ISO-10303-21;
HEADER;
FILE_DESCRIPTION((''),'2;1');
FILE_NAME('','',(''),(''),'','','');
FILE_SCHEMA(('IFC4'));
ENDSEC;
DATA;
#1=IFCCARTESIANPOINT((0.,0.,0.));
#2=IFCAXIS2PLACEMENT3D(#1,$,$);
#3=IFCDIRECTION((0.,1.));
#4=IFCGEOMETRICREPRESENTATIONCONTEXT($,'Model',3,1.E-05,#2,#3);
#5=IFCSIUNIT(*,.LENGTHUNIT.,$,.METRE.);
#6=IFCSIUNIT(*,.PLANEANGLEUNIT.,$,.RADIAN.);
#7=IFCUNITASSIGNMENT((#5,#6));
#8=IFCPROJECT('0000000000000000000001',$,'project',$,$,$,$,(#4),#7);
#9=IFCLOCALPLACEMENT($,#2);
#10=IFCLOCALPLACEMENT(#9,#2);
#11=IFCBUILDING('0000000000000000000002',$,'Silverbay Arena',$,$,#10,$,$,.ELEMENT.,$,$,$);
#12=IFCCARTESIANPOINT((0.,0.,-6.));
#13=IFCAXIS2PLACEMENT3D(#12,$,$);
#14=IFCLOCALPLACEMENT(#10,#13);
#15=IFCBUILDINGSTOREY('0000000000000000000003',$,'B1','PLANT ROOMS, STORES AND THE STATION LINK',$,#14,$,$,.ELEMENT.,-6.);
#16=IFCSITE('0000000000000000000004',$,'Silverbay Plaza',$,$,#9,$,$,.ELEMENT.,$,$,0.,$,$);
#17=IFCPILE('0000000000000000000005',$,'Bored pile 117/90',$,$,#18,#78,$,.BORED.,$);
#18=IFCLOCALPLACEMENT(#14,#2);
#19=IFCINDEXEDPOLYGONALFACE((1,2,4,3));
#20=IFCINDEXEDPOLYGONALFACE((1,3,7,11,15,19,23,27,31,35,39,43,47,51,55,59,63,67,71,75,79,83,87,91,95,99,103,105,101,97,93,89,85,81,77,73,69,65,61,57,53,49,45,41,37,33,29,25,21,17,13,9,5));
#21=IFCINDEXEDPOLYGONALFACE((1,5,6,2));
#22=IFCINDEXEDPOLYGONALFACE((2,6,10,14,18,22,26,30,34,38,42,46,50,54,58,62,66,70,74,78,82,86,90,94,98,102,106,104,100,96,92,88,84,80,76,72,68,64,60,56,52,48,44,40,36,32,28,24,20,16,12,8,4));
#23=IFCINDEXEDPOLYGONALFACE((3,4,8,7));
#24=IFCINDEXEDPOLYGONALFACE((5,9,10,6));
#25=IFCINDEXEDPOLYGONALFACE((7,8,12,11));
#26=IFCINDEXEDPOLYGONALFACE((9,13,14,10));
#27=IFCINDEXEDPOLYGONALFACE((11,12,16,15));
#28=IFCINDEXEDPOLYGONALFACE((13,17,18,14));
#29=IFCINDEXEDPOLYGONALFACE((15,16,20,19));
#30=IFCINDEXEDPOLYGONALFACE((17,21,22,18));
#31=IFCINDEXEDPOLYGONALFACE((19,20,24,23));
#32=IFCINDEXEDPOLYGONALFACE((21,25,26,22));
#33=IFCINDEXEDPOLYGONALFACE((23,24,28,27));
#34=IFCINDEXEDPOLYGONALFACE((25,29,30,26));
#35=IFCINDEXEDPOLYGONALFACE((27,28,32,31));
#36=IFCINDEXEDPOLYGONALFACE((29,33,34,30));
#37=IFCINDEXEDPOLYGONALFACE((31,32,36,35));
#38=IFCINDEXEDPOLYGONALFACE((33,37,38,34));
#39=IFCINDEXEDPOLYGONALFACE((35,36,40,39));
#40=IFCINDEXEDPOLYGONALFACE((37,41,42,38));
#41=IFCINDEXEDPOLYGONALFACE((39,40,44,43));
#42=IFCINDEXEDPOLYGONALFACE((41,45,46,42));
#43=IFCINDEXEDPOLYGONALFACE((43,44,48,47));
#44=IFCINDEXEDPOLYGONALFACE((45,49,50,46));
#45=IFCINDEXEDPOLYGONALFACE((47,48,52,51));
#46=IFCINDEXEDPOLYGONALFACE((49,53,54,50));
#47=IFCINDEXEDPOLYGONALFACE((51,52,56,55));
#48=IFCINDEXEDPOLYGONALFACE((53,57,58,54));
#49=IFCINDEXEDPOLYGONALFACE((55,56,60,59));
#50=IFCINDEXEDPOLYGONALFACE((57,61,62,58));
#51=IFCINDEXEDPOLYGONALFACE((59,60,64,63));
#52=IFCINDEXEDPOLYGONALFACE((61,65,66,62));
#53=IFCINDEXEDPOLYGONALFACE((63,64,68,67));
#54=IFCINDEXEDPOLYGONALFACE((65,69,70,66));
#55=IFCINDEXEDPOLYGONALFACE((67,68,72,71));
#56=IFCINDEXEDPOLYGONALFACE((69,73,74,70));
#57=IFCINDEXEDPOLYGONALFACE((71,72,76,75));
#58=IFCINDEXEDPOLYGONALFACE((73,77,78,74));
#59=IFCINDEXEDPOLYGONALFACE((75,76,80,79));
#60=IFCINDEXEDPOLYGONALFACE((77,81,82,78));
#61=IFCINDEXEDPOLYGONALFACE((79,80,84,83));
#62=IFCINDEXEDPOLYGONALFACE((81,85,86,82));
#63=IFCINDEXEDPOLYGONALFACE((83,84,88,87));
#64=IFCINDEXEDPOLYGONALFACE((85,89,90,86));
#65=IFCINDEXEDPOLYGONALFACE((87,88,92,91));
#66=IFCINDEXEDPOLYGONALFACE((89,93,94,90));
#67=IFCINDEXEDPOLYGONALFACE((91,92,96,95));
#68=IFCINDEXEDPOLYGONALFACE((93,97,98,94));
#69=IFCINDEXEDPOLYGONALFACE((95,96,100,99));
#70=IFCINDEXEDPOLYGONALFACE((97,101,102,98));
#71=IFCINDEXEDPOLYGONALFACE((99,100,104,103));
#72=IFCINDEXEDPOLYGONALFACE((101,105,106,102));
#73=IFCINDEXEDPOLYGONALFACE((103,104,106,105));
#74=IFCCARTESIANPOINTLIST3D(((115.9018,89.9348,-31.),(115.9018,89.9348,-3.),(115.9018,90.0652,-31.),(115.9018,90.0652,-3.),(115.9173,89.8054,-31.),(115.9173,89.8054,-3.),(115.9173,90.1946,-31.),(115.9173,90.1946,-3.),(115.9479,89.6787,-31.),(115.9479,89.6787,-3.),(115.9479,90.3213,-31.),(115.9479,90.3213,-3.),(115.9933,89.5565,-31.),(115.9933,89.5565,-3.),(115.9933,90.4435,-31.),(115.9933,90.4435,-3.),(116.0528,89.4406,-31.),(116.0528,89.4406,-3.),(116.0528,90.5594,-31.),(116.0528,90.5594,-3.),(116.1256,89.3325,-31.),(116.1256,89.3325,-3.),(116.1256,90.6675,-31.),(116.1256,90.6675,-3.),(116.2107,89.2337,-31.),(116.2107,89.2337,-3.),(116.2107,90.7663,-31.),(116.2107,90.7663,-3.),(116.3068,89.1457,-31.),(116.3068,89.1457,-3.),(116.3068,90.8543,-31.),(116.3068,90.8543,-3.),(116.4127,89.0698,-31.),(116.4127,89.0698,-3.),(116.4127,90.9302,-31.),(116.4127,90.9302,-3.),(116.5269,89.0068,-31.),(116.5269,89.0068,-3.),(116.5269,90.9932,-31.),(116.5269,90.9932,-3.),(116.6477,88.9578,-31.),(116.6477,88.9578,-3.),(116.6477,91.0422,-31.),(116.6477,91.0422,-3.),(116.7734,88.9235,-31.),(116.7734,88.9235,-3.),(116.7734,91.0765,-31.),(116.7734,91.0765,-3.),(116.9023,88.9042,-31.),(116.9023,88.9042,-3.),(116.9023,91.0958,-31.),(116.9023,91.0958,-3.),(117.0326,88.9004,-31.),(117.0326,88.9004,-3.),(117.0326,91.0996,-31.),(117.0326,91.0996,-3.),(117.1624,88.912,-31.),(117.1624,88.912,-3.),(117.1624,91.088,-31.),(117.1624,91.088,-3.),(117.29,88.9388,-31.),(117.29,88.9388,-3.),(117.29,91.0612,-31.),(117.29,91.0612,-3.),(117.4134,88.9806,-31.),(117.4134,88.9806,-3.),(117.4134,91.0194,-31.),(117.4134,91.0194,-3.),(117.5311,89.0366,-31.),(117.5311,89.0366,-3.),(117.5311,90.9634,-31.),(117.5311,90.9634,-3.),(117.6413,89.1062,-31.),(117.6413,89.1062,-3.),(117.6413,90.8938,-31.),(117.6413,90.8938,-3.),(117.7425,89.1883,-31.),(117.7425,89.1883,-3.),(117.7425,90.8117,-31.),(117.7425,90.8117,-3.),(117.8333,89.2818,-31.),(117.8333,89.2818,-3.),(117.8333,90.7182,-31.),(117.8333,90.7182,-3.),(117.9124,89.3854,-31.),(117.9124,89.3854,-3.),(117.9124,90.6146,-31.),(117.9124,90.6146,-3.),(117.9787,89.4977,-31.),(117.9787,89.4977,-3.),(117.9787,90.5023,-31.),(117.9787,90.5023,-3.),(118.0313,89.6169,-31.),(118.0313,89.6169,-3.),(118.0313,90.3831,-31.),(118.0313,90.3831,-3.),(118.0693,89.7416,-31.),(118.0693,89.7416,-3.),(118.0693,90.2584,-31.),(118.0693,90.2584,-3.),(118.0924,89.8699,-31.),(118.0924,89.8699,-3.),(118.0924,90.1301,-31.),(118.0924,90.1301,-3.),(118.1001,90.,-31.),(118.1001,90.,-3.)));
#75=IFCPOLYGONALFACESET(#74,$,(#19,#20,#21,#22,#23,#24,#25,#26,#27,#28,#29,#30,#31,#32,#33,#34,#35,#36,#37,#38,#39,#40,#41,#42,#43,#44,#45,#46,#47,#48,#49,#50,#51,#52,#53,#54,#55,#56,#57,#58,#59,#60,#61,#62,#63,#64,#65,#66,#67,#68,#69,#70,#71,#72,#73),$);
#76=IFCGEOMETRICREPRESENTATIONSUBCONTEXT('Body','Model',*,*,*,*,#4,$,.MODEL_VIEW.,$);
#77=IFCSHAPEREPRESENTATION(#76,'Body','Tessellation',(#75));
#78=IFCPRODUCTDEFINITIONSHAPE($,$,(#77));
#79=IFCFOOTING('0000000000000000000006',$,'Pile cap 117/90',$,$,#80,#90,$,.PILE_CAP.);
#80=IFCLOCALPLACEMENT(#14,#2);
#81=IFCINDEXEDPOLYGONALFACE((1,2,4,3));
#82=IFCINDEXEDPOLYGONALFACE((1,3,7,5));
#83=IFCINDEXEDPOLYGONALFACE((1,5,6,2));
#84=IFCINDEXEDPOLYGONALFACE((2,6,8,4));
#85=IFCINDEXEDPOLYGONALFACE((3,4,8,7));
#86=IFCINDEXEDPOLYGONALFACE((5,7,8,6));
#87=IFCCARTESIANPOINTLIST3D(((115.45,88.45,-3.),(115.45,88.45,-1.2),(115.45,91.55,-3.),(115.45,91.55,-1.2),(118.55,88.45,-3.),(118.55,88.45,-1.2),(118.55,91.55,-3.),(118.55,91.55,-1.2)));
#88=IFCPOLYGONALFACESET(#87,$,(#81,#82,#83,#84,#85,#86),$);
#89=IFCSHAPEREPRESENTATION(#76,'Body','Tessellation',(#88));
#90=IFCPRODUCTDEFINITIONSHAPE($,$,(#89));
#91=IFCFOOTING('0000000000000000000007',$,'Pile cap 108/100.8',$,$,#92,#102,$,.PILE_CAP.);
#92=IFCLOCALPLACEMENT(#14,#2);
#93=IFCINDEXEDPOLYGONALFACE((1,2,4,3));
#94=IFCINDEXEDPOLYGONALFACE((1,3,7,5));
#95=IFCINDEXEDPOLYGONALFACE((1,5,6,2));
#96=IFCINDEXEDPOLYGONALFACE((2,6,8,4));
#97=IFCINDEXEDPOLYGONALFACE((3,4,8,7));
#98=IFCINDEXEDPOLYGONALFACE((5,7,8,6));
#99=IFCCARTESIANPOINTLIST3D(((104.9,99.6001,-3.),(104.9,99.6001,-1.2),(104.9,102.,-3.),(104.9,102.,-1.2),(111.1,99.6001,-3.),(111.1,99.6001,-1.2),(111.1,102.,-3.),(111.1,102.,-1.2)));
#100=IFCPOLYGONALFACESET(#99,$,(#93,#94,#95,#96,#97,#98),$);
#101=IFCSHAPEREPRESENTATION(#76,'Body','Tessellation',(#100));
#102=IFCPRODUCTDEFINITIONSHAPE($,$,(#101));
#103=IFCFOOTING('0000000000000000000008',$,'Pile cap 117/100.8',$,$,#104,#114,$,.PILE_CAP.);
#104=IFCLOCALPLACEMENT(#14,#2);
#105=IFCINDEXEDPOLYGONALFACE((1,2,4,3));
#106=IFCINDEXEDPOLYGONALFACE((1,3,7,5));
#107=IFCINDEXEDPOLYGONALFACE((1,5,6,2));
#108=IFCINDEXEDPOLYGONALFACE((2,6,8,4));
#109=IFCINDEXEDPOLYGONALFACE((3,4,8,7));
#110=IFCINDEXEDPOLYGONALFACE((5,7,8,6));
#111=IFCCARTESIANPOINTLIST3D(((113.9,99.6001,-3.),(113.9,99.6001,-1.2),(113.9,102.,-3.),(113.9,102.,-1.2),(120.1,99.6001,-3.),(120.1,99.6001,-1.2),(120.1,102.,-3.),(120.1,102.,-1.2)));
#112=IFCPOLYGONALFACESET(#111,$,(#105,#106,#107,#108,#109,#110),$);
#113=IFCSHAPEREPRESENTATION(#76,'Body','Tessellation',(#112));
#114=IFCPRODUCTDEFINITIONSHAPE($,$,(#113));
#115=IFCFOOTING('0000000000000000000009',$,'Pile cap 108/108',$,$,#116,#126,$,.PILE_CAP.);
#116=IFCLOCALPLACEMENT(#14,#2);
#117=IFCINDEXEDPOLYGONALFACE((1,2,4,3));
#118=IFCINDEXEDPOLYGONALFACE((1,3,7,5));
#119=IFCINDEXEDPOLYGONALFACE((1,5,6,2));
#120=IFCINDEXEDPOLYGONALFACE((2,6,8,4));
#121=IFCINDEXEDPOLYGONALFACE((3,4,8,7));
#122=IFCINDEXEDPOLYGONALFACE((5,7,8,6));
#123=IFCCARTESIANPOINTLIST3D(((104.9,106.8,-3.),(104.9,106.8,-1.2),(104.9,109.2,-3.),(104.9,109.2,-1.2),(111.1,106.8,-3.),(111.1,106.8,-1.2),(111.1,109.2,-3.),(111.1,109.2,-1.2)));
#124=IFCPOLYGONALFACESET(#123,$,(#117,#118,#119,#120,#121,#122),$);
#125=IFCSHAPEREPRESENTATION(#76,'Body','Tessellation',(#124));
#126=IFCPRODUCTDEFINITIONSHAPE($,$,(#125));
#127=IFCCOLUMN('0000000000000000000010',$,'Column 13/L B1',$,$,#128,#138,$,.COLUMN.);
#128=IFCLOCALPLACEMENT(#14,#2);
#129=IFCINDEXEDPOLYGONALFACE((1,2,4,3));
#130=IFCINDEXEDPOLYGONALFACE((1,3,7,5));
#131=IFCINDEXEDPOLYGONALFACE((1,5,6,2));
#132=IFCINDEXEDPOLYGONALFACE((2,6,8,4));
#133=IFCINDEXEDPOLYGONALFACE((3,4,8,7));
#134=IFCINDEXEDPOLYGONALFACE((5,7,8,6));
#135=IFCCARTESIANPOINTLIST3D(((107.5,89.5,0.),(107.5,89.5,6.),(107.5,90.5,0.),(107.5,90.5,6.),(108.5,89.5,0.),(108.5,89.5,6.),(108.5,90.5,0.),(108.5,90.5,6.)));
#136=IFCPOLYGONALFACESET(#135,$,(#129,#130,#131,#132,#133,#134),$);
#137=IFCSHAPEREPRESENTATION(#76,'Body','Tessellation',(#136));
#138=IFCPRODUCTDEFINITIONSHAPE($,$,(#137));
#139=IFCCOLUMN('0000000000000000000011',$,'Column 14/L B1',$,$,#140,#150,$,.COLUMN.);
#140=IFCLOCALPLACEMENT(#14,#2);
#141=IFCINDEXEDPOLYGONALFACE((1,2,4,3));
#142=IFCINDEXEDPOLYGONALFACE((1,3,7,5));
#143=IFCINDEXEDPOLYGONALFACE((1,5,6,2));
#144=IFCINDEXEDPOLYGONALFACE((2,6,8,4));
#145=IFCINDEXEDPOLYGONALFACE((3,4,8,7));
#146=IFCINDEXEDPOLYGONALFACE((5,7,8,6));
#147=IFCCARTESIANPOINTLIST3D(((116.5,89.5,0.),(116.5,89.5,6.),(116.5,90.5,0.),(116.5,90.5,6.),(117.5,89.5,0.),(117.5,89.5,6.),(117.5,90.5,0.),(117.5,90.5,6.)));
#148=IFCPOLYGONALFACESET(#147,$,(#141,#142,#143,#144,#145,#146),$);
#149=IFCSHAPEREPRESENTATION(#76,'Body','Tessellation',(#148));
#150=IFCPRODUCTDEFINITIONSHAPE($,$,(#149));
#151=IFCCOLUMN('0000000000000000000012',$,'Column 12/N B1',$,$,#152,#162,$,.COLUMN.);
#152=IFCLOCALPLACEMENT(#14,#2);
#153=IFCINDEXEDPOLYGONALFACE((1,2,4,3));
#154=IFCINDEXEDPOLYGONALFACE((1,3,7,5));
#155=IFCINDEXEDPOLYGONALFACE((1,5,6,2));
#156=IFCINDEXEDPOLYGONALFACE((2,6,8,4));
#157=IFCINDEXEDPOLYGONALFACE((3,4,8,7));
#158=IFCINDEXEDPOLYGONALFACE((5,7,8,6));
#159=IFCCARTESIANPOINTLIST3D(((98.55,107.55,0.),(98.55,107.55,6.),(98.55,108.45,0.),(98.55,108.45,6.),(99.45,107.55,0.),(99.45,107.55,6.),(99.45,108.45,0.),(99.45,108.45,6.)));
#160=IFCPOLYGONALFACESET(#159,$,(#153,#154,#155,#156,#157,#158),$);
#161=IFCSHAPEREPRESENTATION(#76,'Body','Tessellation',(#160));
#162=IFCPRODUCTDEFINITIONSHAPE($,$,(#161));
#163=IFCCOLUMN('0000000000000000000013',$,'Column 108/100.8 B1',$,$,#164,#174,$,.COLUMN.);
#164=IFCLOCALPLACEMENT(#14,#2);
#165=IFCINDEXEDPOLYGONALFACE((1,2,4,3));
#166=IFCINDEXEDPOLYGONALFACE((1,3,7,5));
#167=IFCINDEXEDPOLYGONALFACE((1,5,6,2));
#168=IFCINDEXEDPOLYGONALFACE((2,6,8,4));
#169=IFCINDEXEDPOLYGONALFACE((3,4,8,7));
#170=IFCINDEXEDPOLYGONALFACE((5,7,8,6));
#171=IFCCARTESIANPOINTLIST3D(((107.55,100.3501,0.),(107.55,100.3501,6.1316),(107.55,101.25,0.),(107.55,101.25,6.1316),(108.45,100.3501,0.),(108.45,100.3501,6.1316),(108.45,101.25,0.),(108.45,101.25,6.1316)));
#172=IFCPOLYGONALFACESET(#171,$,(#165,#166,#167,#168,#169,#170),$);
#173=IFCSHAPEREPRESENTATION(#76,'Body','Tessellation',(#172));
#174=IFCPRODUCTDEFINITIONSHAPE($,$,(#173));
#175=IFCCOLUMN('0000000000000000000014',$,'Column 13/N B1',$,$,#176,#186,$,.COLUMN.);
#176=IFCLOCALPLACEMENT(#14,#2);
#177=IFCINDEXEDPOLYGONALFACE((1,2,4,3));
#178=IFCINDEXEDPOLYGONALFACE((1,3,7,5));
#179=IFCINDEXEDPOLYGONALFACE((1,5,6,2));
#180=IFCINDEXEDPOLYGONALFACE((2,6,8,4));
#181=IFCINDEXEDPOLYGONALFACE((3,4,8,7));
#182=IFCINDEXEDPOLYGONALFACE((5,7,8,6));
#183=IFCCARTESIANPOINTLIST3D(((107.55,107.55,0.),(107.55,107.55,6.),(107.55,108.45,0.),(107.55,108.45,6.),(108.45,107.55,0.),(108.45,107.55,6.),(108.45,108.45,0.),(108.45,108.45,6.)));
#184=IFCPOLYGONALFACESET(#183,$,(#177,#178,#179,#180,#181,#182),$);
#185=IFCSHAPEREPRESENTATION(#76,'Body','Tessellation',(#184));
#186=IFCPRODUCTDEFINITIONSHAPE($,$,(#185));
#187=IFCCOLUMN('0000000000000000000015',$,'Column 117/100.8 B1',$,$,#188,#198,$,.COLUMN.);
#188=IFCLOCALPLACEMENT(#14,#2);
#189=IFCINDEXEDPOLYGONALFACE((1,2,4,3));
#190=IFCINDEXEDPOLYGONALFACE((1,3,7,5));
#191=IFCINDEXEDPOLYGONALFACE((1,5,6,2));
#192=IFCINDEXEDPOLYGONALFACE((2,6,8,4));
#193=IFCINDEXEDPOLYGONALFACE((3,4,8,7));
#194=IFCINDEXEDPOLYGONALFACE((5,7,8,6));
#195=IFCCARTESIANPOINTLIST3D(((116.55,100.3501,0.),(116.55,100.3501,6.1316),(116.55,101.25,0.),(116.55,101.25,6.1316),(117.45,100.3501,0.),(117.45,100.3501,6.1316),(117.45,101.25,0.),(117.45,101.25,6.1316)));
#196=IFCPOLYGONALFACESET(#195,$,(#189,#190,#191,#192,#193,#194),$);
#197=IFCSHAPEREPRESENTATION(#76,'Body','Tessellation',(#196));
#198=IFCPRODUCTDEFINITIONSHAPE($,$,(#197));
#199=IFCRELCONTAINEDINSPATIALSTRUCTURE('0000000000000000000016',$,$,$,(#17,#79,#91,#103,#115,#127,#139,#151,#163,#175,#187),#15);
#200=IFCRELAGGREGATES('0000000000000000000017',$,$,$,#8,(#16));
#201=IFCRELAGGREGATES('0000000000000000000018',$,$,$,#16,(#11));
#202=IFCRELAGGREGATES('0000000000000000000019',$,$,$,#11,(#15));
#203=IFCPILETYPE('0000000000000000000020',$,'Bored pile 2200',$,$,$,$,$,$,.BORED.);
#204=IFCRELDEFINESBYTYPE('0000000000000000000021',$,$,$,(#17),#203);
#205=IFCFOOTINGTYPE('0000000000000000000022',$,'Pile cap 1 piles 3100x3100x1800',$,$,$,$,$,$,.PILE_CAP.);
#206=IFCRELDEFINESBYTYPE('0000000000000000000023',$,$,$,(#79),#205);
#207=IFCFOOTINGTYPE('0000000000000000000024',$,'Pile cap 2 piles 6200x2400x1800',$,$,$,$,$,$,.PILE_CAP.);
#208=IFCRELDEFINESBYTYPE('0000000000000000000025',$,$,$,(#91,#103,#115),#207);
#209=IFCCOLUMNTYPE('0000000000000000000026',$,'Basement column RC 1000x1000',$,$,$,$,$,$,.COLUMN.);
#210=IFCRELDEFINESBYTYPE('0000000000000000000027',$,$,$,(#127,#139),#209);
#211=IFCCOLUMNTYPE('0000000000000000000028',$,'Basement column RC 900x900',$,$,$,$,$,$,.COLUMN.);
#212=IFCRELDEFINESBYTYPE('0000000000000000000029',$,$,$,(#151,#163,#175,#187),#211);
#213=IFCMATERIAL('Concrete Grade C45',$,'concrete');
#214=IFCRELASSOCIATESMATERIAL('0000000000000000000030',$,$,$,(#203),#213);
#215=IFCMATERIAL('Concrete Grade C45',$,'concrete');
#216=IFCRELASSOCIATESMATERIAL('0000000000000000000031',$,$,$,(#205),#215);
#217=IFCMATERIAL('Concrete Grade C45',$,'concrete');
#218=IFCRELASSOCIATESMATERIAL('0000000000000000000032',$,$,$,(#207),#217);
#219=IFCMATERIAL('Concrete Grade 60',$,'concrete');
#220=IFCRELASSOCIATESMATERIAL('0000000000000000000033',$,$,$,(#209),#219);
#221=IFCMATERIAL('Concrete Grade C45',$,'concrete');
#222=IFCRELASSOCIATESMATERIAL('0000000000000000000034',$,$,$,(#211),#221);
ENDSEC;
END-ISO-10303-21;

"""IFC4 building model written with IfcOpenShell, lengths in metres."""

from ifc_helpers import new_model, si_unit, direction, frame, origin, origin_2d, place, context, subcontext, project, spatial, rectangle, circle, extrude, material, material_profile, profile_set, type_object, element, save


model = new_model("IFC4")

# Units and contexts
model_context = context("Model", 3, precision=1e-05, world=origin(), true_north=direction((0.0, 1.0)))
body_context = subcontext(model_context, "Body", "Model", "MODEL_VIEW")
ifc_project = project(units=[si_unit("LENGTHUNIT", "METRE"), si_unit("PLANEANGLEUNIT", "RADIAN")], contexts=[model_context])

# Site, building, storey
site_placement = place(None, origin())
site = spatial("IfcSite", under=ifc_project, at=site_placement, Name="Silverbay Plaza", CompositionType="ELEMENT", RefElevation=0.0)
building_placement = place(site_placement, origin())
building = spatial("IfcBuilding", under=site, at=building_placement, Name="Silverbay Arena", CompositionType="ELEMENT")
storey_placement = place(building_placement, frame((0.0, 0.0, -6.0)))
storey = spatial("IfcBuildingStorey", under=building, at=storey_placement, Name="B1", Description="PLANT ROOMS, STORES AND THE STATION LINK", CompositionType="ELEMENT", Elevation=-6.0)

# Pile
ifc_material_1 = material(Name="Concrete Grade C45", Category="concrete")
ifc_material_profile_1 = material_profile(ifc_material_1, circle(Radius=1.1001, at=origin_2d()), Name="Bored pile 2200")
ifc_profile_set_1 = profile_set([ifc_material_profile_1], Name="Concrete Grade C45")
pile_type_1 = type_object("IfcPileType", Name="Bored pile 2200", PredefinedType="BORED", material=ifc_profile_set_1)
pile_placement = place(storey_placement, frame((117.0, 90.0, -3.0), z_axis=(0.0, 0.0, -1.0), x_axis=(1.0, 0.0, 0.0)))
element("IfcPile", 1, at=pile_placement, inside=storey, type_object=pile_type_1, Name="Bored pile 117/90", PredefinedType="BORED", context=body_context, shape_type="SweptSolid", body=[
    extrude(circle(Radius=1.1001, at=origin_2d()), origin(), (0.0, 0.0, 1.0), 28.0),
])

# Footings
ifc_material_2 = material(Name="Concrete Grade C45", Category="concrete")
footing_type_1 = type_object("IfcFootingType", Name="Pile cap 1 piles 3100x3100x1800", PredefinedType="PILE_CAP", material=ifc_material_2)
footing_placement = place(storey_placement, frame((117.0, 90.0, -3.0), z_axis=(0.0, 0.0, 1.0), x_axis=(1.0, 0.0, 0.0)))
element("IfcFooting", 2, at=footing_placement, inside=storey, type_object=footing_type_1, Name="Pile cap 117/90", PredefinedType="PILE_CAP", context=body_context, shape_type="SweptSolid", body=[
    extrude(rectangle(XDim=3.1001, YDim=3.1001, at=origin_2d()), origin(), (0.0, 0.0, 1.0), 1.8),
])
ifc_material_3 = material(Name="Concrete Grade C45", Category="concrete")
footing_type_2 = type_object("IfcFootingType", Name="Pile cap 2 piles 6200x2400x1800", PredefinedType="PILE_CAP", material=ifc_material_3)
for number, where, z_axis, x_axis, name in (
    (3, (108.0, 100.8, -3.0), (0.0, 0.0, 1.0), (1.0, 0.0, 0.0), "Pile cap 108/100.8"),
    (4, (117.0, 100.8, -3.0), (0.0, 0.0, 1.0), (1.0, 0.0, 0.0), "Pile cap 117/100.8"),
    (5, (108.0, 108.0, -3.0), (0.0, 0.0, 1.0), (1.0, 0.0, 0.0), "Pile cap 108/108"),
):
    element("IfcFooting", number, at=place(storey_placement, frame(where, z_axis=z_axis, x_axis=x_axis)), inside=storey, type_object=footing_type_2, Name=name, PredefinedType="PILE_CAP", context=body_context, shape_type="SweptSolid", body=[
        extrude(rectangle(XDim=6.2, YDim=2.3999, at=origin_2d()), origin(), (0.0, 0.0, 1.0), 1.8),
    ])

# Columns
ifc_material_4 = material(Name="Concrete Grade 60", Category="concrete")
ifc_material_profile_2 = material_profile(ifc_material_4, rectangle(XDim=1.0, YDim=1.0, at=origin_2d()), Name="RC 1000x1000")
ifc_profile_set_2 = profile_set([ifc_material_profile_2], Name="Concrete Grade 60")
column_type_1 = type_object("IfcColumnType", Name="Basement column RC 1000x1000", PredefinedType="COLUMN", material=ifc_profile_set_2)
for number, where, z_axis, x_axis, name in (
    (6, (108.0, 90.0, 0.0), (0.0, 0.0, 1.0), (1.0, 0.0, 0.0), "Column 13/L B1"),
    (7, (117.0, 90.0, 0.0), (0.0, 0.0, 1.0), (1.0, 0.0, 0.0), "Column 14/L B1"),
):
    element("IfcColumn", number, at=place(storey_placement, frame(where, z_axis=z_axis, x_axis=x_axis)), inside=storey, type_object=column_type_1, Name=name, PredefinedType="COLUMN", context=body_context, shape_type="SweptSolid", body=[
        extrude(rectangle(XDim=1.0, YDim=1.0, at=origin_2d()), origin(), (0.0, 0.0, 1.0), 6.0),
    ])
ifc_material_5 = material(Name="Concrete Grade C45", Category="concrete")
ifc_material_profile_3 = material_profile(ifc_material_5, rectangle(XDim=0.8999, YDim=0.8999, at=origin_2d()), Name="RC 900x900")
ifc_profile_set_3 = profile_set([ifc_material_profile_3], Name="Concrete Grade C45")
column_type_2 = type_object("IfcColumnType", Name="Basement column RC 900x900", PredefinedType="COLUMN", material=ifc_profile_set_3)
column_1_placement = place(storey_placement, frame((99.0, 108.0, 0.0), z_axis=(0.0, 0.0, 1.0), x_axis=(1.0, 0.0, 0.0)))
element("IfcColumn", 8, at=column_1_placement, inside=storey, type_object=column_type_2, Name="Column 12/N B1", PredefinedType="COLUMN", context=body_context, shape_type="SweptSolid", body=[
    extrude(rectangle(XDim=0.8999, YDim=0.8999, at=origin_2d()), origin(), (0.0, 0.0, 1.0), 6.0),
])
column_2_placement = place(storey_placement, frame((108.0, 100.8, 0.0), z_axis=(0.0, 0.0, 1.0), x_axis=(1.0, 0.0, 0.0)))
element("IfcColumn", 9, at=column_2_placement, inside=storey, type_object=column_type_2, Name="Column 108/100.8 B1", PredefinedType="COLUMN", context=body_context, shape_type="SweptSolid", body=[
    extrude(rectangle(XDim=0.8999, YDim=0.8999, at=origin_2d()), origin(), (0.0, 0.0, 1.0), 6.1316),
])
column_3_placement = place(storey_placement, frame((108.0, 108.0, 0.0), z_axis=(0.0, 0.0, 1.0), x_axis=(1.0, 0.0, 0.0)))
element("IfcColumn", 10, at=column_3_placement, inside=storey, type_object=column_type_2, Name="Column 13/N B1", PredefinedType="COLUMN", context=body_context, shape_type="SweptSolid", body=[
    extrude(rectangle(XDim=0.8999, YDim=0.8999, at=origin_2d()), origin(), (0.0, 0.0, 1.0), 6.0),
])
column_4_placement = place(storey_placement, frame((117.0, 100.8, 0.0), z_axis=(0.0, 0.0, 1.0), x_axis=(1.0, 0.0, 0.0)))
element("IfcColumn", 11, at=column_4_placement, inside=storey, type_object=column_type_2, Name="Column 117/100.8 B1", PredefinedType="COLUMN", context=body_context, shape_type="SweptSolid", body=[
    extrude(rectangle(XDim=0.8999, YDim=0.8999, at=origin_2d()), origin(), (0.0, 0.0, 1.0), 6.1316),
])

save(model, "model.ifc")
